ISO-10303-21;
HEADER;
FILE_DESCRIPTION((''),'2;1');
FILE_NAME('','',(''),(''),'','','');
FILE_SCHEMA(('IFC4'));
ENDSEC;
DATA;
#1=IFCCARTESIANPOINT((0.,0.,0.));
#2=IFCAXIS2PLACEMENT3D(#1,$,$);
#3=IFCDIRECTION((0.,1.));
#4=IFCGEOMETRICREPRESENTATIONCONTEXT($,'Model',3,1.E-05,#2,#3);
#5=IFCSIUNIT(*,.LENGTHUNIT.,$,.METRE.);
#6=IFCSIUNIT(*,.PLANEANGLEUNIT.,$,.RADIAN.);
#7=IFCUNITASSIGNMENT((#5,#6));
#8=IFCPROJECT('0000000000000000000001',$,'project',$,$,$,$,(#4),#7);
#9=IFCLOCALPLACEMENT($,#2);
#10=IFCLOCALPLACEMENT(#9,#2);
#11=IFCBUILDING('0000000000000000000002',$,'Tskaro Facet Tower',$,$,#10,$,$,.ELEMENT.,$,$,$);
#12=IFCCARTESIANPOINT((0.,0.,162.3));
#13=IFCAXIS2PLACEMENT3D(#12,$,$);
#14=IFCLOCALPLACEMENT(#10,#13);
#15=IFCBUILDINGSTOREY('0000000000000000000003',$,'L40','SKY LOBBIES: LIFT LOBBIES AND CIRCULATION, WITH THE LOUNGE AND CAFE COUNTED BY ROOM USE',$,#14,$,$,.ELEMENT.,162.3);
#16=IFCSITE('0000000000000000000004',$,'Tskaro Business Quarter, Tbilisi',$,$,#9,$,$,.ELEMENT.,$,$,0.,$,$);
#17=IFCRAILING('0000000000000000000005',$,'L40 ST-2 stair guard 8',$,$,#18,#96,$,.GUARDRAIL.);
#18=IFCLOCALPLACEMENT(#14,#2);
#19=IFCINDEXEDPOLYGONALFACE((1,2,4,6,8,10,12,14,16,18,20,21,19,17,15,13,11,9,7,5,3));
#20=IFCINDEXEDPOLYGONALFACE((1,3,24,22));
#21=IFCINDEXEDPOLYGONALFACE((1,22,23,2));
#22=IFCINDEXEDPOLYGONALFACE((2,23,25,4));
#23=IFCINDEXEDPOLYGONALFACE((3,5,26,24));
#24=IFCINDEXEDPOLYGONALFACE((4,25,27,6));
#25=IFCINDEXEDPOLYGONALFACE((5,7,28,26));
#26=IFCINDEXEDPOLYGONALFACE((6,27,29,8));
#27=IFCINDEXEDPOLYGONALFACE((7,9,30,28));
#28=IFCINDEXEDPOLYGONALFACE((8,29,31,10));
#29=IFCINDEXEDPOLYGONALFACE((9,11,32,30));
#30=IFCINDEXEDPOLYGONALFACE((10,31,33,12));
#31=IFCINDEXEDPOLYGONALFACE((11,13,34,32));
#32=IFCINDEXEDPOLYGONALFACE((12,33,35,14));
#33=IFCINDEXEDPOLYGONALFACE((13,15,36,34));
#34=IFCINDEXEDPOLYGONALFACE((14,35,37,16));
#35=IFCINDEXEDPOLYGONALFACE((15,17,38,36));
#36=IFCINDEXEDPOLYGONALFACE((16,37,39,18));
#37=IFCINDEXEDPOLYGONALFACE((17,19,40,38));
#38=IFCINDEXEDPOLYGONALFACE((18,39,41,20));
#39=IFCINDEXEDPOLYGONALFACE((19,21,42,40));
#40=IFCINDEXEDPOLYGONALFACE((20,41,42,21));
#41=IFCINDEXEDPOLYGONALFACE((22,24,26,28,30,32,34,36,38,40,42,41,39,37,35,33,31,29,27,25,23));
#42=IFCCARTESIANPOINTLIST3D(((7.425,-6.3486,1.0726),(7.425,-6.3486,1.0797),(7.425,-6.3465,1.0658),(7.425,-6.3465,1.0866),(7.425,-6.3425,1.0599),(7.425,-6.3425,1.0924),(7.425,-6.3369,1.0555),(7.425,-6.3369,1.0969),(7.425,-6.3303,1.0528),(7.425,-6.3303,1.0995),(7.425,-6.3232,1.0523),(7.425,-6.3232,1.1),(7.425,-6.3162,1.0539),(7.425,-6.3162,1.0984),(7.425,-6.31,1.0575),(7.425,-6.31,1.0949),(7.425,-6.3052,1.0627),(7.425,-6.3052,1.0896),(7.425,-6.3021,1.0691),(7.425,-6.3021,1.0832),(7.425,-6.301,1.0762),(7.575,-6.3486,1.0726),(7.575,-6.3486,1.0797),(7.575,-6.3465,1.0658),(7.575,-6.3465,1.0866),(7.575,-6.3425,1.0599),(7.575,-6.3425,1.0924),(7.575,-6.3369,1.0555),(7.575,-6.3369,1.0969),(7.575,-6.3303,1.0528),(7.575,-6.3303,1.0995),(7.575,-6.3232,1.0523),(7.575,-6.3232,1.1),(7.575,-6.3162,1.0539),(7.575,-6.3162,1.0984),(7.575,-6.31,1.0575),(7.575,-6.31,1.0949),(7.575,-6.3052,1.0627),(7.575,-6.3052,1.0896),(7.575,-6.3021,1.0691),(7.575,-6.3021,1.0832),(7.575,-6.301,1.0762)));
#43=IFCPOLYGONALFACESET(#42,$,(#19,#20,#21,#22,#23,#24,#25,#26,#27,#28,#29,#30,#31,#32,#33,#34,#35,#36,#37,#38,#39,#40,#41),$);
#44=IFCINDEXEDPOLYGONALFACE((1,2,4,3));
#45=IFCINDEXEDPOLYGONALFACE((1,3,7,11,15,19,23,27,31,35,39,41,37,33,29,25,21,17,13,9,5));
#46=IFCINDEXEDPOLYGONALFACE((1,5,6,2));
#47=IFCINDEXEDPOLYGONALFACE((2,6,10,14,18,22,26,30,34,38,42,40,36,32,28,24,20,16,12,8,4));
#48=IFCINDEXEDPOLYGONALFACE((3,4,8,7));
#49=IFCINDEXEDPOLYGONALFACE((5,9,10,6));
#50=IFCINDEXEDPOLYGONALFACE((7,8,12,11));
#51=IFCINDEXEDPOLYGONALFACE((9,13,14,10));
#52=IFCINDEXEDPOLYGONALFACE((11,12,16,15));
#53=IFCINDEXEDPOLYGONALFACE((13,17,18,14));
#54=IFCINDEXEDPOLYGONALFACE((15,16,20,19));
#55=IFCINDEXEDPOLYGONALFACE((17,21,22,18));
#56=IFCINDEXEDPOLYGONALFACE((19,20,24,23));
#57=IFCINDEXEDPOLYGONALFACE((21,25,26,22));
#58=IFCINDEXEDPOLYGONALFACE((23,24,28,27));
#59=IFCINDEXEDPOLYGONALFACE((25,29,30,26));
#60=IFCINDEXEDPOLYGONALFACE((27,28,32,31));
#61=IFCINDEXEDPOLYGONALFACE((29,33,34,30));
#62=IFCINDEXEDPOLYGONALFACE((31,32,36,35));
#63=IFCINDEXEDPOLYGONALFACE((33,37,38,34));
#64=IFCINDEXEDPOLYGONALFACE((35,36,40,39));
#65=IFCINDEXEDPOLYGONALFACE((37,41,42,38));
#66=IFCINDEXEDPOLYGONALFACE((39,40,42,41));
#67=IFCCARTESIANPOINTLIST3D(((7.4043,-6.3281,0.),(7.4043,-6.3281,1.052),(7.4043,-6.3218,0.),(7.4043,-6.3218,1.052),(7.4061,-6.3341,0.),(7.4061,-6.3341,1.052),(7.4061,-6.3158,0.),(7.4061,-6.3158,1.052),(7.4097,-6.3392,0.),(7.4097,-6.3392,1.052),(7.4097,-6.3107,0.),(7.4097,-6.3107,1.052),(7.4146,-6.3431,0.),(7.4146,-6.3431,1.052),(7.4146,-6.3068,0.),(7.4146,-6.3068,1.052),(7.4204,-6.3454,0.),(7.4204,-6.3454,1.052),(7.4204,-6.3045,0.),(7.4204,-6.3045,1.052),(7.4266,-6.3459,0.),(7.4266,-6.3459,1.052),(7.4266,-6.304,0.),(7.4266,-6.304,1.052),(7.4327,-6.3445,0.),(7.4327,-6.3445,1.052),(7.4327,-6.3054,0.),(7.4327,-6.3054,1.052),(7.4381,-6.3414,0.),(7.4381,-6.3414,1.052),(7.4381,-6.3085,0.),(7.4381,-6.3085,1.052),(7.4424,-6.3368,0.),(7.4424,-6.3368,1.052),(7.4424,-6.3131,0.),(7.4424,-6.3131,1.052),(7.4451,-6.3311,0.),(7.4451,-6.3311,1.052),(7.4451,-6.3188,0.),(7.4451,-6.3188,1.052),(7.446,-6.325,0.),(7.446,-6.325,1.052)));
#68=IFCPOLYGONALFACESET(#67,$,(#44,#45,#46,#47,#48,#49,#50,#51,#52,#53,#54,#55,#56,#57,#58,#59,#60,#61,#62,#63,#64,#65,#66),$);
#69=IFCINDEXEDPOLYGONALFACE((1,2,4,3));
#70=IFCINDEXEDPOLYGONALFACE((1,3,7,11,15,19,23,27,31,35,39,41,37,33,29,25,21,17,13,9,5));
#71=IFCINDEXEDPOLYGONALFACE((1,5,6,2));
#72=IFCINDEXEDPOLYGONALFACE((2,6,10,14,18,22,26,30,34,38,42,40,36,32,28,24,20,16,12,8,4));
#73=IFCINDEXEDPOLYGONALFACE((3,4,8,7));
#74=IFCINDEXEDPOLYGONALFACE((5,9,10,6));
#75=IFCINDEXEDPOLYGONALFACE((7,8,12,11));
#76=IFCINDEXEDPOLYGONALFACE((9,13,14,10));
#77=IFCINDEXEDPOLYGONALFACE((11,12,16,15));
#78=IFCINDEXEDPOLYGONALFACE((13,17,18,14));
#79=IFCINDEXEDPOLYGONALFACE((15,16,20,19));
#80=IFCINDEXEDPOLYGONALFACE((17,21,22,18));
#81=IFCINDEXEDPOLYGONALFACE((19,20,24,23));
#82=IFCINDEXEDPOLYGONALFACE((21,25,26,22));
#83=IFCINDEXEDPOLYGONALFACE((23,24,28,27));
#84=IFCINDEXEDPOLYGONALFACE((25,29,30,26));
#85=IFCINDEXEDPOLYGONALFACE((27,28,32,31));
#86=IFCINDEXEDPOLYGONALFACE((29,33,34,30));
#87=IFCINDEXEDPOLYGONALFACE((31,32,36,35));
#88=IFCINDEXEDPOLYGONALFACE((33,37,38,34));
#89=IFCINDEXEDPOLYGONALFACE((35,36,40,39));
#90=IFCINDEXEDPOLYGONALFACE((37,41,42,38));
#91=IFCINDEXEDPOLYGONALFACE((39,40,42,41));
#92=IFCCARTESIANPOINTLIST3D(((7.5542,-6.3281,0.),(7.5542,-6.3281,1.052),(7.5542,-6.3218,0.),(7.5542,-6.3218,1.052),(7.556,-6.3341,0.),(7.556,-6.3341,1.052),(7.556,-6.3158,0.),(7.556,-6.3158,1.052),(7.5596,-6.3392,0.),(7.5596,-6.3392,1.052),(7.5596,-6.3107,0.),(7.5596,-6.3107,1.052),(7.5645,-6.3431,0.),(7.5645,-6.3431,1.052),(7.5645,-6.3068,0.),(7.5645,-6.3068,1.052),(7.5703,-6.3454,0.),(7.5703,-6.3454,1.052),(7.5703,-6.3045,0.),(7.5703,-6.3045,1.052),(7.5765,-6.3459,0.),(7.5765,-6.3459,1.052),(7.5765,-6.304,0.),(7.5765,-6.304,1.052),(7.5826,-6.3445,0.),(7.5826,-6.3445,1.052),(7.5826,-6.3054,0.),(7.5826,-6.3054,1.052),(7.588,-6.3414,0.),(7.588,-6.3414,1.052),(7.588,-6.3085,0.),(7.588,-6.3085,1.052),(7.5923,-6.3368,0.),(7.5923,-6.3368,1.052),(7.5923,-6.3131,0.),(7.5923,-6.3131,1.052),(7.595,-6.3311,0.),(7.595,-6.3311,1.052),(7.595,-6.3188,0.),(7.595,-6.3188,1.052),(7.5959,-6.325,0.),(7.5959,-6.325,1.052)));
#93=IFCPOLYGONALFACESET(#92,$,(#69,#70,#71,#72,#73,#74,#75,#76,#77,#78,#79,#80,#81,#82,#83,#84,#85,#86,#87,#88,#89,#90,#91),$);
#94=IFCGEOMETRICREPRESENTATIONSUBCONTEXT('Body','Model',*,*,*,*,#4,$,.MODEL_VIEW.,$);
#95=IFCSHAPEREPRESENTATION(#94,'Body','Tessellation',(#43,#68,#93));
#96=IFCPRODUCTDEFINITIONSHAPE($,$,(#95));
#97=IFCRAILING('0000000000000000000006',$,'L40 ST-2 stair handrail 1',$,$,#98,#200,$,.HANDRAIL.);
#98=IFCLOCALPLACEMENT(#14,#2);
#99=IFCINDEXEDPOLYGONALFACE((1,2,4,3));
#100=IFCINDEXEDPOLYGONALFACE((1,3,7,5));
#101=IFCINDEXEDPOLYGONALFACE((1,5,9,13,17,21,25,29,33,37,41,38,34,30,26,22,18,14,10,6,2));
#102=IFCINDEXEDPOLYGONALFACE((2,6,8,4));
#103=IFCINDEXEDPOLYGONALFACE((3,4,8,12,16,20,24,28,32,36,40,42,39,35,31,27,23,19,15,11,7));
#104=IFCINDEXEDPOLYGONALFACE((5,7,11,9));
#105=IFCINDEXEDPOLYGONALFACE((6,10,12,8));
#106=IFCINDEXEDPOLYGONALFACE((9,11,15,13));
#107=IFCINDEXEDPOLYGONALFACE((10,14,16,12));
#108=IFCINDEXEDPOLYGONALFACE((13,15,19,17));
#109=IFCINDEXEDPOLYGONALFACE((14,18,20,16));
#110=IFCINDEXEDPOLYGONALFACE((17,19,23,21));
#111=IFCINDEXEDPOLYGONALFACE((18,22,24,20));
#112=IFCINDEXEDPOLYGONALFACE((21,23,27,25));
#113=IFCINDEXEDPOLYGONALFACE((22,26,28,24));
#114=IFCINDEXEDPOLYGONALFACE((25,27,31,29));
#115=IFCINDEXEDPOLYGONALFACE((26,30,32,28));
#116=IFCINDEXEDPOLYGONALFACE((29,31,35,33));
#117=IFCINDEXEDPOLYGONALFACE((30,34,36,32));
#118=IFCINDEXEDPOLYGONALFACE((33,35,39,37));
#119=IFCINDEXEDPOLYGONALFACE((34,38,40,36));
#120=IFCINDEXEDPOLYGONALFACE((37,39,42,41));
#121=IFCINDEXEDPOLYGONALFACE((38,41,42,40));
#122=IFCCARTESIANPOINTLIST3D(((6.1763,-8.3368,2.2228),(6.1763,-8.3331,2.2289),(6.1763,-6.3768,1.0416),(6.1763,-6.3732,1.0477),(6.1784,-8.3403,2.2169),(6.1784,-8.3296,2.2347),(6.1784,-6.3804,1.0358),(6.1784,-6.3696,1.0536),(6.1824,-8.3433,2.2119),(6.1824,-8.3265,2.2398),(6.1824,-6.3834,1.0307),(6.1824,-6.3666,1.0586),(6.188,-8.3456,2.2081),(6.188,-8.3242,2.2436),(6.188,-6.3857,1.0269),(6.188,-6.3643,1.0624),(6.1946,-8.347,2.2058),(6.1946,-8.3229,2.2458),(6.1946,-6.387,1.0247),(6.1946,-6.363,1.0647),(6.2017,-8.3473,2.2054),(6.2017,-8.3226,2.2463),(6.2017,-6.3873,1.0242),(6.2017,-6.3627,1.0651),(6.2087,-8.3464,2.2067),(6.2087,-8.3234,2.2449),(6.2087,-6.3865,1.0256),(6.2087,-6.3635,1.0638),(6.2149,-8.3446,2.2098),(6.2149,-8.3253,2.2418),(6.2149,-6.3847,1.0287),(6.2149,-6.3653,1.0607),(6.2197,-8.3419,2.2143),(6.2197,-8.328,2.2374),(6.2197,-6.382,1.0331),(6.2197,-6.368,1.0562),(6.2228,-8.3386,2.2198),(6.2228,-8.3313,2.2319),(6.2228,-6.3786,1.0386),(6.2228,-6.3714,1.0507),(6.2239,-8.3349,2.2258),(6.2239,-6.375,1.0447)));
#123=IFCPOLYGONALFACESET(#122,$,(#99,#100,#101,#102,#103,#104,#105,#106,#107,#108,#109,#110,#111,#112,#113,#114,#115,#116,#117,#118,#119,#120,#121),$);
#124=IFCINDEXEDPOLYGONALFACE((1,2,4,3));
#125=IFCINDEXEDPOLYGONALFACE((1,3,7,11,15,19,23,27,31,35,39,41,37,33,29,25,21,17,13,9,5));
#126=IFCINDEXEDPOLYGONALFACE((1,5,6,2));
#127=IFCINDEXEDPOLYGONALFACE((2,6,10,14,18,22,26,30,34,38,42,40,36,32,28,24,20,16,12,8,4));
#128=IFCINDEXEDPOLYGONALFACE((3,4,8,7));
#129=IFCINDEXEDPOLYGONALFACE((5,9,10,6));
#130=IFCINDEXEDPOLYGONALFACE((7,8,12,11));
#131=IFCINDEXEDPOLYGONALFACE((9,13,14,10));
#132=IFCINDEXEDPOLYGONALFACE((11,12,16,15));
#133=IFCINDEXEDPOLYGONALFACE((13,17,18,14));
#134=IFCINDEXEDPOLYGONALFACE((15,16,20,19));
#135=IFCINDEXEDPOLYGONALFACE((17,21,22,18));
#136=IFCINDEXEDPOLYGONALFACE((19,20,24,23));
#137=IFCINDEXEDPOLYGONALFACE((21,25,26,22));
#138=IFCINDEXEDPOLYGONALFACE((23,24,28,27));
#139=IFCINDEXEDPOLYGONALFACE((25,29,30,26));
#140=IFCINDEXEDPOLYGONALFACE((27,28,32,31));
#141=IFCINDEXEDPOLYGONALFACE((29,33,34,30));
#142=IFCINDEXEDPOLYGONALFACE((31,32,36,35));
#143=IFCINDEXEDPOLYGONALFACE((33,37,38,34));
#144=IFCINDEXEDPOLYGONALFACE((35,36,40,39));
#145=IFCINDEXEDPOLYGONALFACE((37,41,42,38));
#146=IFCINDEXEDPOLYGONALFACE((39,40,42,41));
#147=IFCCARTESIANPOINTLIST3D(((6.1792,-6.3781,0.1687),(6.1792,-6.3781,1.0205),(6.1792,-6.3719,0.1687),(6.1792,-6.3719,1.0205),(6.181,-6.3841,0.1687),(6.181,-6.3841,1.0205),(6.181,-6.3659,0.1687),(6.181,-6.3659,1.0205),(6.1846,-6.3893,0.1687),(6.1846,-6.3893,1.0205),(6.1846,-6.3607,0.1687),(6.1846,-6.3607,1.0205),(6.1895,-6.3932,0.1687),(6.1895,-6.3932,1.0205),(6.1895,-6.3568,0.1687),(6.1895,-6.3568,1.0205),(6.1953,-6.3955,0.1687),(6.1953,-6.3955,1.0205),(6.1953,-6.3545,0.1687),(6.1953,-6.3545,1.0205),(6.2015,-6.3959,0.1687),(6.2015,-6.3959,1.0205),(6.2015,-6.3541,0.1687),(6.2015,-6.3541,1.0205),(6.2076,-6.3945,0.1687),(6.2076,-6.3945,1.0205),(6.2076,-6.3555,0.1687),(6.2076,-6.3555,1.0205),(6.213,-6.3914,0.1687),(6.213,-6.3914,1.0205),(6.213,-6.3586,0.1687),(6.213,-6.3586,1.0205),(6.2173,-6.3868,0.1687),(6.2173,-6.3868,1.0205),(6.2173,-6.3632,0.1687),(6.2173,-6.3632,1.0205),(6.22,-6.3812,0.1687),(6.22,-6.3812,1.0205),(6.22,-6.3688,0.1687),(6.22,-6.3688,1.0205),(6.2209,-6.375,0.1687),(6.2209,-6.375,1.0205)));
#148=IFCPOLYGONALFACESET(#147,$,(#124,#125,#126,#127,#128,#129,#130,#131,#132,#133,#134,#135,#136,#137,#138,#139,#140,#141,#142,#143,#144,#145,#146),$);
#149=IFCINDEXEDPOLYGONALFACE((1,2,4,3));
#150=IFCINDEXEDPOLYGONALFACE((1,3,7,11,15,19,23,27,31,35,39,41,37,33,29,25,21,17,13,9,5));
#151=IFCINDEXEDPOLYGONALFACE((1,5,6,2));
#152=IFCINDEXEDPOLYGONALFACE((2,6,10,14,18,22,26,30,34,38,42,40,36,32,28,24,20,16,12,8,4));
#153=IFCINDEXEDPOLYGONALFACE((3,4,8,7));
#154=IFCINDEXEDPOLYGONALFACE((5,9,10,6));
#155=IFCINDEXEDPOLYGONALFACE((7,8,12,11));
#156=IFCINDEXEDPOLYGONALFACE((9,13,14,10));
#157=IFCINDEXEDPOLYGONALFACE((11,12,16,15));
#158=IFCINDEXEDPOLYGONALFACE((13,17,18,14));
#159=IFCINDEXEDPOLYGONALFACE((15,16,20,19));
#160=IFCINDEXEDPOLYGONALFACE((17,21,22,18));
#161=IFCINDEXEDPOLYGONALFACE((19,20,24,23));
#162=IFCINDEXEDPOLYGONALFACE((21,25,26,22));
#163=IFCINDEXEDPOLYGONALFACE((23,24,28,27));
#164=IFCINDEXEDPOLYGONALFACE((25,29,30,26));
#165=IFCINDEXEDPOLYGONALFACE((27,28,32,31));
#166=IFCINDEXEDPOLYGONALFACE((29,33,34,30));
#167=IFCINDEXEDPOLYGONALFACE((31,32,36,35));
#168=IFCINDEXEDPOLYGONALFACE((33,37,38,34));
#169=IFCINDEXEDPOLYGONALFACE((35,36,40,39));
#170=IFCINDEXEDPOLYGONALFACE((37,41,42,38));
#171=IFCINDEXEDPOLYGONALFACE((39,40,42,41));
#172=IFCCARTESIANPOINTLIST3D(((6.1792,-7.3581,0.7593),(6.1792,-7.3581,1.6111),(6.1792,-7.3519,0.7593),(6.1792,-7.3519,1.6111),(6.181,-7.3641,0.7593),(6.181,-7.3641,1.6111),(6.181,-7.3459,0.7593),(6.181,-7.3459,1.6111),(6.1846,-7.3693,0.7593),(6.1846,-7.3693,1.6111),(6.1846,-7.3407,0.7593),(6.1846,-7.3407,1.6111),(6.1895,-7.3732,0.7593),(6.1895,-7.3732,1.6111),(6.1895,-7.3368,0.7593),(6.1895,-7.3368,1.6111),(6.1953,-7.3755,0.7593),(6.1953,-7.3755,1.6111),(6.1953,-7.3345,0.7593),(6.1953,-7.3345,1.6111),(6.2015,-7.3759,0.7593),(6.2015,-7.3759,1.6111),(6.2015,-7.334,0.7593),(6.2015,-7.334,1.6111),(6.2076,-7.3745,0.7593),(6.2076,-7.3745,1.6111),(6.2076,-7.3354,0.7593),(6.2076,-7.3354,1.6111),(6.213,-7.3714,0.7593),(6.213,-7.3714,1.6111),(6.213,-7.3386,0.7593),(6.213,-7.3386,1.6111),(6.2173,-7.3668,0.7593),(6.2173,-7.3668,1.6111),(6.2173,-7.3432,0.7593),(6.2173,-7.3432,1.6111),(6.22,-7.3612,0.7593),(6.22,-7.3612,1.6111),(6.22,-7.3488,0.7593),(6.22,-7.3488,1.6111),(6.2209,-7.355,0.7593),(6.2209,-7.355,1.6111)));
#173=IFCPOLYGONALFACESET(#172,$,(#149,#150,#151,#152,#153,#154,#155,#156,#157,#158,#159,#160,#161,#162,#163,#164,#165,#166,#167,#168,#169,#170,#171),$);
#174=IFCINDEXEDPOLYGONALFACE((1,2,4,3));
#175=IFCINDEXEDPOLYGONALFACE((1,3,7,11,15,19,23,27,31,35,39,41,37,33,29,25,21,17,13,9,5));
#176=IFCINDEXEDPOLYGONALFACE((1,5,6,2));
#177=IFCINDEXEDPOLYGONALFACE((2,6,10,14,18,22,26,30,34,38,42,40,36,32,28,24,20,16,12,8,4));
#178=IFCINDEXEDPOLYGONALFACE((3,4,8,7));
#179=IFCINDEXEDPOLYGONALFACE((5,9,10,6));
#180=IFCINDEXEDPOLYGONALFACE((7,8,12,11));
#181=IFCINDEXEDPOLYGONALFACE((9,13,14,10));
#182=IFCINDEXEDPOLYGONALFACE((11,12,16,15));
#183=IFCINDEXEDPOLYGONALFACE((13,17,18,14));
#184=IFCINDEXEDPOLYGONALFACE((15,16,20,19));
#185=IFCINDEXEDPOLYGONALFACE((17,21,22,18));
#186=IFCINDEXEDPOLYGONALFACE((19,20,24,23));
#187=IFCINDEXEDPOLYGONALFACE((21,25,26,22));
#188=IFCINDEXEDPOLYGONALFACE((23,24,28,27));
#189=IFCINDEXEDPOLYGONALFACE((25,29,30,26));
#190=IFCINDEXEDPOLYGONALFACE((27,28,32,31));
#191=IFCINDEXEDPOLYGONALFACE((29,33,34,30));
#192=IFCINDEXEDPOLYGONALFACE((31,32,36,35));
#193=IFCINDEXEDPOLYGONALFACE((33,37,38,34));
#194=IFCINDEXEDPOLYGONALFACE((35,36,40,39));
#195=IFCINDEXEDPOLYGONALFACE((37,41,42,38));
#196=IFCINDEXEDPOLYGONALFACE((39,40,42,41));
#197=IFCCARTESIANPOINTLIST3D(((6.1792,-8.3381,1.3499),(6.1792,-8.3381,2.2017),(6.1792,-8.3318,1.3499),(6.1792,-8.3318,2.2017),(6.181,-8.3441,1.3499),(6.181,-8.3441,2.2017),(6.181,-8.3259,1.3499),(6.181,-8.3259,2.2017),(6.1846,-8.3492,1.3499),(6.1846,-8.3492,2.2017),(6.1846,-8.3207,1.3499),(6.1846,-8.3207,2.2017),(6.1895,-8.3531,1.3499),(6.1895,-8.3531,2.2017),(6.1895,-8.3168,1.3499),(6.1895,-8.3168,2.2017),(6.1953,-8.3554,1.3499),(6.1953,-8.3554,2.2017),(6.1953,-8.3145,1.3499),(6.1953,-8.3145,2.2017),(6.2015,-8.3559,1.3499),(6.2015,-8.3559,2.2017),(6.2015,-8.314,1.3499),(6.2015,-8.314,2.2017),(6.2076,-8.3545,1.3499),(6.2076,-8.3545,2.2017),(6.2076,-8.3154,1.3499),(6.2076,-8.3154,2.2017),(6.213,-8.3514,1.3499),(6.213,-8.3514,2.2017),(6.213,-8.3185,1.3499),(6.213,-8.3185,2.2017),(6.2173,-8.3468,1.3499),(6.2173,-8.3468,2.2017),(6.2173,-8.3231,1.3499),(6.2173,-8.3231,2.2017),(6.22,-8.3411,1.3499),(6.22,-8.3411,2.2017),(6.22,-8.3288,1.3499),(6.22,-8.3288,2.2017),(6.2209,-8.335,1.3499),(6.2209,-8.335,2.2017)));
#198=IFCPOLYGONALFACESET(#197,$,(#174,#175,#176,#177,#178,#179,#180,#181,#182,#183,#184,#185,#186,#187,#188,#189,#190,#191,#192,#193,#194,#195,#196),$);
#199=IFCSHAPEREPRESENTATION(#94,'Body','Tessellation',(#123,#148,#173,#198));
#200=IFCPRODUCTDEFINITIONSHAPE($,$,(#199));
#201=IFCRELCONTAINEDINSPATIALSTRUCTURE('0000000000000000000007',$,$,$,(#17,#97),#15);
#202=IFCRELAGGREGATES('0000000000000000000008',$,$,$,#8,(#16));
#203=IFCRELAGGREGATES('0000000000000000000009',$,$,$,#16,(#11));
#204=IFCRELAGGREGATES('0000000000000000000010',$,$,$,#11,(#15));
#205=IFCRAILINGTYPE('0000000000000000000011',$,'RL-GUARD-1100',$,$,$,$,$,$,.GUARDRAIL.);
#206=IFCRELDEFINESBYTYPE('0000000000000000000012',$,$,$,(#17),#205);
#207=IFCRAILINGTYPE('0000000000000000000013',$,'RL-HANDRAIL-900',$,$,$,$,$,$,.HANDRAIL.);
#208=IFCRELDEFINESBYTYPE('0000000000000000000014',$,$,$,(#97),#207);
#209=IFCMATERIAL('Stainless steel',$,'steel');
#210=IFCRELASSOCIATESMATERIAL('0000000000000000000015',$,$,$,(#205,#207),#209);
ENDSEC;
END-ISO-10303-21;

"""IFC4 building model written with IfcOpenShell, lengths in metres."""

from ifc_helpers import new_model, si_unit, direction, frame, origin, origin_2d, place, context, subcontext, project, spatial, circle, extrude, material, type_object, element, save


model = new_model("IFC4")

# Units and contexts
model_context = context("Model", 3, precision=1e-05, world=origin(), true_north=direction((0.0, 1.0)))
body_context = subcontext(model_context, "Body", "Model", "MODEL_VIEW")
ifc_project = project(units=[si_unit("LENGTHUNIT", "METRE"), si_unit("PLANEANGLEUNIT", "RADIAN")], contexts=[model_context])

# Site, building, storey
site_placement = place(None, origin())
site = spatial("IfcSite", under=ifc_project, at=site_placement, Name="Tskaro Business Quarter, Tbilisi", CompositionType="ELEMENT", RefElevation=0.0)
building_placement = place(site_placement, origin())
building = spatial("IfcBuilding", under=site, at=building_placement, Name="Tskaro Facet Tower", CompositionType="ELEMENT")
storey_placement = place(building_placement, frame((0.0, 0.0, 162.3)))
storey = spatial("IfcBuildingStorey", under=building, at=storey_placement, Name="L40", Description="SKY LOBBIES: LIFT LOBBIES AND CIRCULATION, WITH THE LOUNGE AND CAFE COUNTED BY ROOM USE", CompositionType="ELEMENT", Elevation=162.3)

# Shared definitions
ifc_material_1 = material(Name="Stainless steel", Category="steel")

# Railings
railing_type_1 = type_object("IfcRailingType", Name="RL-GUARD-1100", PredefinedType="GUARDRAIL", material=ifc_material_1)
railing_1_placement = place(storey_placement, frame((7.425, -6.325, 0.0)))
element("IfcRailing", 1, at=railing_1_placement, inside=storey, type_object=railing_type_1, Name="L40 ST-2 stair guard 8", PredefinedType="GUARDRAIL", context=body_context, shape_type="SweptSolid", body=[
    extrude(circle(Radius=0.0239, at=origin_2d()), frame((0.0, 0.0, 1.0762), z_axis=(1.0, 0.0, 0.0), x_axis=(0.0, 1.0, 0.0)), (0.0, 0.0, 1.0), 0.1499),
    extrude(circle(Radius=0.021, at=origin_2d()), origin(), (0.0, 0.0, 1.0), 1.052),
    extrude(circle(Radius=0.021, at=origin_2d()), frame((0.1499, 0.0, 0.0)), (0.0, 0.0, 1.0), 1.052),
])
railing_type_2 = type_object("IfcRailingType", Name="RL-HANDRAIL-900", PredefinedType="HANDRAIL", material=ifc_material_1)
railing_2_placement = place(storey_placement, frame((6.2, -6.375, 0.1687)))
element("IfcRailing", 2, at=railing_2_placement, inside=storey, type_object=railing_type_2, Name="L40 ST-2 stair handrail 1", PredefinedType="HANDRAIL", context=body_context, shape_type="SweptSolid", body=[
    extrude(circle(Radius=0.0239, at=origin_2d()), frame((0.0, 0.0, 0.876), z_axis=(0.0, -0.856493, 0.516158), x_axis=(1.0, 0.0, 0.0)), (0.0, 0.0, 1.0), 2.2883),
    extrude(circle(Radius=0.021, at=origin_2d()), origin(), (0.0, 0.0, 1.0), 0.8518),
    extrude(circle(Radius=0.021, at=origin_2d()), frame((0.0, -0.98, 0.5906)), (0.0, 0.0, 1.0), 0.8518),
    extrude(circle(Radius=0.021, at=origin_2d()), frame((0.0, -1.96, 1.1812)), (0.0, 0.0, 1.0), 0.8518),
])

save(model, "model.ifc")
